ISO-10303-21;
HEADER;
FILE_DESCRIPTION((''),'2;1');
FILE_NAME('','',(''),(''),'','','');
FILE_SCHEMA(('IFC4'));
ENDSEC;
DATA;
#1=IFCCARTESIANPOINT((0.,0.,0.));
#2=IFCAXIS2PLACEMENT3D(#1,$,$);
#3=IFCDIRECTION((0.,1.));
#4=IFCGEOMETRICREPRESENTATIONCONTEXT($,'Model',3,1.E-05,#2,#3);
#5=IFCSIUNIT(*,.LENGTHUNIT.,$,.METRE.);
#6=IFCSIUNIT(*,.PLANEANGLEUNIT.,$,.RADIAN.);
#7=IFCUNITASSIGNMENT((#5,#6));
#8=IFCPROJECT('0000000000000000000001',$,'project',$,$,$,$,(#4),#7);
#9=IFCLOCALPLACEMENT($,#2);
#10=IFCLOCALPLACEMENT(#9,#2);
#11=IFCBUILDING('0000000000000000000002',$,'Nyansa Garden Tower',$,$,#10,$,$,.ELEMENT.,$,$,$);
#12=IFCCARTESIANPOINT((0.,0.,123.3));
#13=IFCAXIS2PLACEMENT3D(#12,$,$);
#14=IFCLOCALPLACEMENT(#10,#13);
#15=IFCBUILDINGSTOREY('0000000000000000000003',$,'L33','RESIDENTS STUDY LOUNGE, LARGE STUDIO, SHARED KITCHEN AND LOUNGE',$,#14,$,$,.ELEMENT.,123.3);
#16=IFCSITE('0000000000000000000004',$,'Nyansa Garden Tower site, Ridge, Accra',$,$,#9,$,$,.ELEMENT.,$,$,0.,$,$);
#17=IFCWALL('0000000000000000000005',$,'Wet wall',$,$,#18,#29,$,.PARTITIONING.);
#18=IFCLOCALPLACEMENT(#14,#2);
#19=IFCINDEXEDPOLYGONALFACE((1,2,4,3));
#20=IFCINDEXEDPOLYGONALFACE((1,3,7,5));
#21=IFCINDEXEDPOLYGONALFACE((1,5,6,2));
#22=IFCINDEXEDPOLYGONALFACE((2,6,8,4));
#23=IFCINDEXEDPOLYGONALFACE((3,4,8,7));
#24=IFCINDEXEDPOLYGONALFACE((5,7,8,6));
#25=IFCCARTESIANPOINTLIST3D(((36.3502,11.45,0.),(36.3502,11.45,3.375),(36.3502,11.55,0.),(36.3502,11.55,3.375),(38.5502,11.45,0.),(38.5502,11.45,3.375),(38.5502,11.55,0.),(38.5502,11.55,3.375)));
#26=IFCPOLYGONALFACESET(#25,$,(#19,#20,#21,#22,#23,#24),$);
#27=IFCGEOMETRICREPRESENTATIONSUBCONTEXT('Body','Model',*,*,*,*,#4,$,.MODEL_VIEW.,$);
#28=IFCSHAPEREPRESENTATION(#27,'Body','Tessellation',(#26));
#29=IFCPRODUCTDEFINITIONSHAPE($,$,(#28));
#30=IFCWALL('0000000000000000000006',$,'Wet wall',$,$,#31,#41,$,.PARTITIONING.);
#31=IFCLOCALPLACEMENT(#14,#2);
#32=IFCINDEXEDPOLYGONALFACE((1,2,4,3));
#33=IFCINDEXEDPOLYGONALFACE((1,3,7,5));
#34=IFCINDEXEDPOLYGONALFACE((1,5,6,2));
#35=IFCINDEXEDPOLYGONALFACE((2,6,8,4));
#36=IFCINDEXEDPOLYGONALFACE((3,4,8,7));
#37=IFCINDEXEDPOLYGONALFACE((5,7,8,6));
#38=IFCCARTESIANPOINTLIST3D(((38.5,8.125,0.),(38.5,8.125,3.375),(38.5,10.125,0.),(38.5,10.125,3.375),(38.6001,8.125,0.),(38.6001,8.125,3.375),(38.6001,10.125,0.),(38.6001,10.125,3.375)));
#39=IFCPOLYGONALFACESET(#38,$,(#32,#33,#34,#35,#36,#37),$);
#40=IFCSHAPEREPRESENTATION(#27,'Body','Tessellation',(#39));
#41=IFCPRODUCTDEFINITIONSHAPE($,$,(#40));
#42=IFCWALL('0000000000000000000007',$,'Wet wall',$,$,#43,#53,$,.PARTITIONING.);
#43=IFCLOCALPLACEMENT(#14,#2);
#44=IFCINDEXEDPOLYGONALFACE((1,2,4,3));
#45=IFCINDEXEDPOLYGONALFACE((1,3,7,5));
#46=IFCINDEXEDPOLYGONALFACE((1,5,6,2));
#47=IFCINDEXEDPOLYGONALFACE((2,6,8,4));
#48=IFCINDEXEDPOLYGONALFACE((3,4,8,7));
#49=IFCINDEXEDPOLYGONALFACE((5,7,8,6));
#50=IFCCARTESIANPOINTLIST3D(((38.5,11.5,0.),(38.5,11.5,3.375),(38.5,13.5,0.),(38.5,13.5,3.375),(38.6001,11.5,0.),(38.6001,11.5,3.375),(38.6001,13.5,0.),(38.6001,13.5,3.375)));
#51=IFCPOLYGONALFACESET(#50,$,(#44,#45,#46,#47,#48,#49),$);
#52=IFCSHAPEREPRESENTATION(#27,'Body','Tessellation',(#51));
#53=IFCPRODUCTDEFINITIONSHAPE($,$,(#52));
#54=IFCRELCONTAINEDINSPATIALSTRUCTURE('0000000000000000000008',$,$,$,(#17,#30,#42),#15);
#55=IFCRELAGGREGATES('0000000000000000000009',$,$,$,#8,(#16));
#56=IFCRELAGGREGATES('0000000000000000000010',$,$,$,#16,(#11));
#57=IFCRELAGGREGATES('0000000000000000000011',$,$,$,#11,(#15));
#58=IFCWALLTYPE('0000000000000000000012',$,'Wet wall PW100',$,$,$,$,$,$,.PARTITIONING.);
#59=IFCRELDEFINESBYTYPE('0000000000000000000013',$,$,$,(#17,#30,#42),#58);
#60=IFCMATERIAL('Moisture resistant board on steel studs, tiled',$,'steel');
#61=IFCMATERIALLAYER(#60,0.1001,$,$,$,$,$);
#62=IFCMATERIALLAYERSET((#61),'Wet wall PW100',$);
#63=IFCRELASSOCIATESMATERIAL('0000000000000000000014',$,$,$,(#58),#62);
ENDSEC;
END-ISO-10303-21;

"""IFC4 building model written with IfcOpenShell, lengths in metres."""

from ifc_helpers import new_model, si_unit, direction, frame, frame_2d, origin, place, context, subcontext, project, spatial, rectangle, extrude, material, layer, layer_set, type_object, element, save


model = new_model("IFC4")

# Units and contexts
model_context = context("Model", 3, precision=1e-05, world=origin(), true_north=direction((0.0, 1.0)))
body_context = subcontext(model_context, "Body", "Model", "MODEL_VIEW")
ifc_project = project(units=[si_unit("LENGTHUNIT", "METRE"), si_unit("PLANEANGLEUNIT", "RADIAN")], contexts=[model_context])

# Site, building, storey
site_placement = place(None, origin())
site = spatial("IfcSite", under=ifc_project, at=site_placement, Name="Nyansa Garden Tower site, Ridge, Accra", CompositionType="ELEMENT", RefElevation=0.0)
building_placement = place(site_placement, origin())
building = spatial("IfcBuilding", under=site, at=building_placement, Name="Nyansa Garden Tower", CompositionType="ELEMENT")
storey_placement = place(building_placement, frame((0.0, 0.0, 123.3)))
storey = spatial("IfcBuildingStorey", under=building, at=storey_placement, Name="L33", Description="RESIDENTS STUDY LOUNGE, LARGE STUDIO, SHARED KITCHEN AND LOUNGE", CompositionType="ELEMENT", Elevation=123.3)

# Shared definitions
ifc_material_1 = material(Name="Moisture resistant board on steel studs, tiled", Category="steel")
ifc_layer_1 = layer(ifc_material_1, 0.1001)
ifc_layer_set_1 = layer_set([ifc_layer_1], Name="Wet wall PW100")
wall_type_1 = type_object("IfcWallType", Name="Wet wall PW100", PredefinedType="PARTITIONING", material=ifc_layer_set_1)

# Walls
wall_1_placement = place(storey_placement, frame((36.3501, 11.5, 0.0), z_axis=(0.0, 0.0, 1.0), x_axis=(1.0, 0.0, 0.0)))
element("IfcWall", 1, at=wall_1_placement, inside=storey, type_object=wall_type_1, Name="Wet wall", PredefinedType="PARTITIONING", context=body_context, shape_type="SweptSolid", body=[
    extrude(rectangle(XDim=2.2, YDim=0.1001, at=frame_2d((1.1001, 0.0))), origin(), (0.0, 0.0, 1.0), 3.375),
])
for number, where, z_axis, x_axis, name in (
    (2, (38.55, 8.125, 0.0), (0.0, 0.0, 1.0), (0.0, 1.0, 0.0), "Wet wall"),
    (3, (38.55, 11.5, 0.0), (0.0, 0.0, 1.0), (0.0, 1.0, 0.0), "Wet wall"),
):
    element("IfcWall", number, at=place(storey_placement, frame(where, z_axis=z_axis, x_axis=x_axis)), inside=storey, type_object=wall_type_1, Name=name, PredefinedType="PARTITIONING", context=body_context, shape_type="SweptSolid", body=[
        extrude(rectangle(XDim=2.0, YDim=0.1001, at=frame_2d((1.0, 0.0))), origin(), (0.0, 0.0, 1.0), 3.375),
    ])

save(model, "model.ifc")
